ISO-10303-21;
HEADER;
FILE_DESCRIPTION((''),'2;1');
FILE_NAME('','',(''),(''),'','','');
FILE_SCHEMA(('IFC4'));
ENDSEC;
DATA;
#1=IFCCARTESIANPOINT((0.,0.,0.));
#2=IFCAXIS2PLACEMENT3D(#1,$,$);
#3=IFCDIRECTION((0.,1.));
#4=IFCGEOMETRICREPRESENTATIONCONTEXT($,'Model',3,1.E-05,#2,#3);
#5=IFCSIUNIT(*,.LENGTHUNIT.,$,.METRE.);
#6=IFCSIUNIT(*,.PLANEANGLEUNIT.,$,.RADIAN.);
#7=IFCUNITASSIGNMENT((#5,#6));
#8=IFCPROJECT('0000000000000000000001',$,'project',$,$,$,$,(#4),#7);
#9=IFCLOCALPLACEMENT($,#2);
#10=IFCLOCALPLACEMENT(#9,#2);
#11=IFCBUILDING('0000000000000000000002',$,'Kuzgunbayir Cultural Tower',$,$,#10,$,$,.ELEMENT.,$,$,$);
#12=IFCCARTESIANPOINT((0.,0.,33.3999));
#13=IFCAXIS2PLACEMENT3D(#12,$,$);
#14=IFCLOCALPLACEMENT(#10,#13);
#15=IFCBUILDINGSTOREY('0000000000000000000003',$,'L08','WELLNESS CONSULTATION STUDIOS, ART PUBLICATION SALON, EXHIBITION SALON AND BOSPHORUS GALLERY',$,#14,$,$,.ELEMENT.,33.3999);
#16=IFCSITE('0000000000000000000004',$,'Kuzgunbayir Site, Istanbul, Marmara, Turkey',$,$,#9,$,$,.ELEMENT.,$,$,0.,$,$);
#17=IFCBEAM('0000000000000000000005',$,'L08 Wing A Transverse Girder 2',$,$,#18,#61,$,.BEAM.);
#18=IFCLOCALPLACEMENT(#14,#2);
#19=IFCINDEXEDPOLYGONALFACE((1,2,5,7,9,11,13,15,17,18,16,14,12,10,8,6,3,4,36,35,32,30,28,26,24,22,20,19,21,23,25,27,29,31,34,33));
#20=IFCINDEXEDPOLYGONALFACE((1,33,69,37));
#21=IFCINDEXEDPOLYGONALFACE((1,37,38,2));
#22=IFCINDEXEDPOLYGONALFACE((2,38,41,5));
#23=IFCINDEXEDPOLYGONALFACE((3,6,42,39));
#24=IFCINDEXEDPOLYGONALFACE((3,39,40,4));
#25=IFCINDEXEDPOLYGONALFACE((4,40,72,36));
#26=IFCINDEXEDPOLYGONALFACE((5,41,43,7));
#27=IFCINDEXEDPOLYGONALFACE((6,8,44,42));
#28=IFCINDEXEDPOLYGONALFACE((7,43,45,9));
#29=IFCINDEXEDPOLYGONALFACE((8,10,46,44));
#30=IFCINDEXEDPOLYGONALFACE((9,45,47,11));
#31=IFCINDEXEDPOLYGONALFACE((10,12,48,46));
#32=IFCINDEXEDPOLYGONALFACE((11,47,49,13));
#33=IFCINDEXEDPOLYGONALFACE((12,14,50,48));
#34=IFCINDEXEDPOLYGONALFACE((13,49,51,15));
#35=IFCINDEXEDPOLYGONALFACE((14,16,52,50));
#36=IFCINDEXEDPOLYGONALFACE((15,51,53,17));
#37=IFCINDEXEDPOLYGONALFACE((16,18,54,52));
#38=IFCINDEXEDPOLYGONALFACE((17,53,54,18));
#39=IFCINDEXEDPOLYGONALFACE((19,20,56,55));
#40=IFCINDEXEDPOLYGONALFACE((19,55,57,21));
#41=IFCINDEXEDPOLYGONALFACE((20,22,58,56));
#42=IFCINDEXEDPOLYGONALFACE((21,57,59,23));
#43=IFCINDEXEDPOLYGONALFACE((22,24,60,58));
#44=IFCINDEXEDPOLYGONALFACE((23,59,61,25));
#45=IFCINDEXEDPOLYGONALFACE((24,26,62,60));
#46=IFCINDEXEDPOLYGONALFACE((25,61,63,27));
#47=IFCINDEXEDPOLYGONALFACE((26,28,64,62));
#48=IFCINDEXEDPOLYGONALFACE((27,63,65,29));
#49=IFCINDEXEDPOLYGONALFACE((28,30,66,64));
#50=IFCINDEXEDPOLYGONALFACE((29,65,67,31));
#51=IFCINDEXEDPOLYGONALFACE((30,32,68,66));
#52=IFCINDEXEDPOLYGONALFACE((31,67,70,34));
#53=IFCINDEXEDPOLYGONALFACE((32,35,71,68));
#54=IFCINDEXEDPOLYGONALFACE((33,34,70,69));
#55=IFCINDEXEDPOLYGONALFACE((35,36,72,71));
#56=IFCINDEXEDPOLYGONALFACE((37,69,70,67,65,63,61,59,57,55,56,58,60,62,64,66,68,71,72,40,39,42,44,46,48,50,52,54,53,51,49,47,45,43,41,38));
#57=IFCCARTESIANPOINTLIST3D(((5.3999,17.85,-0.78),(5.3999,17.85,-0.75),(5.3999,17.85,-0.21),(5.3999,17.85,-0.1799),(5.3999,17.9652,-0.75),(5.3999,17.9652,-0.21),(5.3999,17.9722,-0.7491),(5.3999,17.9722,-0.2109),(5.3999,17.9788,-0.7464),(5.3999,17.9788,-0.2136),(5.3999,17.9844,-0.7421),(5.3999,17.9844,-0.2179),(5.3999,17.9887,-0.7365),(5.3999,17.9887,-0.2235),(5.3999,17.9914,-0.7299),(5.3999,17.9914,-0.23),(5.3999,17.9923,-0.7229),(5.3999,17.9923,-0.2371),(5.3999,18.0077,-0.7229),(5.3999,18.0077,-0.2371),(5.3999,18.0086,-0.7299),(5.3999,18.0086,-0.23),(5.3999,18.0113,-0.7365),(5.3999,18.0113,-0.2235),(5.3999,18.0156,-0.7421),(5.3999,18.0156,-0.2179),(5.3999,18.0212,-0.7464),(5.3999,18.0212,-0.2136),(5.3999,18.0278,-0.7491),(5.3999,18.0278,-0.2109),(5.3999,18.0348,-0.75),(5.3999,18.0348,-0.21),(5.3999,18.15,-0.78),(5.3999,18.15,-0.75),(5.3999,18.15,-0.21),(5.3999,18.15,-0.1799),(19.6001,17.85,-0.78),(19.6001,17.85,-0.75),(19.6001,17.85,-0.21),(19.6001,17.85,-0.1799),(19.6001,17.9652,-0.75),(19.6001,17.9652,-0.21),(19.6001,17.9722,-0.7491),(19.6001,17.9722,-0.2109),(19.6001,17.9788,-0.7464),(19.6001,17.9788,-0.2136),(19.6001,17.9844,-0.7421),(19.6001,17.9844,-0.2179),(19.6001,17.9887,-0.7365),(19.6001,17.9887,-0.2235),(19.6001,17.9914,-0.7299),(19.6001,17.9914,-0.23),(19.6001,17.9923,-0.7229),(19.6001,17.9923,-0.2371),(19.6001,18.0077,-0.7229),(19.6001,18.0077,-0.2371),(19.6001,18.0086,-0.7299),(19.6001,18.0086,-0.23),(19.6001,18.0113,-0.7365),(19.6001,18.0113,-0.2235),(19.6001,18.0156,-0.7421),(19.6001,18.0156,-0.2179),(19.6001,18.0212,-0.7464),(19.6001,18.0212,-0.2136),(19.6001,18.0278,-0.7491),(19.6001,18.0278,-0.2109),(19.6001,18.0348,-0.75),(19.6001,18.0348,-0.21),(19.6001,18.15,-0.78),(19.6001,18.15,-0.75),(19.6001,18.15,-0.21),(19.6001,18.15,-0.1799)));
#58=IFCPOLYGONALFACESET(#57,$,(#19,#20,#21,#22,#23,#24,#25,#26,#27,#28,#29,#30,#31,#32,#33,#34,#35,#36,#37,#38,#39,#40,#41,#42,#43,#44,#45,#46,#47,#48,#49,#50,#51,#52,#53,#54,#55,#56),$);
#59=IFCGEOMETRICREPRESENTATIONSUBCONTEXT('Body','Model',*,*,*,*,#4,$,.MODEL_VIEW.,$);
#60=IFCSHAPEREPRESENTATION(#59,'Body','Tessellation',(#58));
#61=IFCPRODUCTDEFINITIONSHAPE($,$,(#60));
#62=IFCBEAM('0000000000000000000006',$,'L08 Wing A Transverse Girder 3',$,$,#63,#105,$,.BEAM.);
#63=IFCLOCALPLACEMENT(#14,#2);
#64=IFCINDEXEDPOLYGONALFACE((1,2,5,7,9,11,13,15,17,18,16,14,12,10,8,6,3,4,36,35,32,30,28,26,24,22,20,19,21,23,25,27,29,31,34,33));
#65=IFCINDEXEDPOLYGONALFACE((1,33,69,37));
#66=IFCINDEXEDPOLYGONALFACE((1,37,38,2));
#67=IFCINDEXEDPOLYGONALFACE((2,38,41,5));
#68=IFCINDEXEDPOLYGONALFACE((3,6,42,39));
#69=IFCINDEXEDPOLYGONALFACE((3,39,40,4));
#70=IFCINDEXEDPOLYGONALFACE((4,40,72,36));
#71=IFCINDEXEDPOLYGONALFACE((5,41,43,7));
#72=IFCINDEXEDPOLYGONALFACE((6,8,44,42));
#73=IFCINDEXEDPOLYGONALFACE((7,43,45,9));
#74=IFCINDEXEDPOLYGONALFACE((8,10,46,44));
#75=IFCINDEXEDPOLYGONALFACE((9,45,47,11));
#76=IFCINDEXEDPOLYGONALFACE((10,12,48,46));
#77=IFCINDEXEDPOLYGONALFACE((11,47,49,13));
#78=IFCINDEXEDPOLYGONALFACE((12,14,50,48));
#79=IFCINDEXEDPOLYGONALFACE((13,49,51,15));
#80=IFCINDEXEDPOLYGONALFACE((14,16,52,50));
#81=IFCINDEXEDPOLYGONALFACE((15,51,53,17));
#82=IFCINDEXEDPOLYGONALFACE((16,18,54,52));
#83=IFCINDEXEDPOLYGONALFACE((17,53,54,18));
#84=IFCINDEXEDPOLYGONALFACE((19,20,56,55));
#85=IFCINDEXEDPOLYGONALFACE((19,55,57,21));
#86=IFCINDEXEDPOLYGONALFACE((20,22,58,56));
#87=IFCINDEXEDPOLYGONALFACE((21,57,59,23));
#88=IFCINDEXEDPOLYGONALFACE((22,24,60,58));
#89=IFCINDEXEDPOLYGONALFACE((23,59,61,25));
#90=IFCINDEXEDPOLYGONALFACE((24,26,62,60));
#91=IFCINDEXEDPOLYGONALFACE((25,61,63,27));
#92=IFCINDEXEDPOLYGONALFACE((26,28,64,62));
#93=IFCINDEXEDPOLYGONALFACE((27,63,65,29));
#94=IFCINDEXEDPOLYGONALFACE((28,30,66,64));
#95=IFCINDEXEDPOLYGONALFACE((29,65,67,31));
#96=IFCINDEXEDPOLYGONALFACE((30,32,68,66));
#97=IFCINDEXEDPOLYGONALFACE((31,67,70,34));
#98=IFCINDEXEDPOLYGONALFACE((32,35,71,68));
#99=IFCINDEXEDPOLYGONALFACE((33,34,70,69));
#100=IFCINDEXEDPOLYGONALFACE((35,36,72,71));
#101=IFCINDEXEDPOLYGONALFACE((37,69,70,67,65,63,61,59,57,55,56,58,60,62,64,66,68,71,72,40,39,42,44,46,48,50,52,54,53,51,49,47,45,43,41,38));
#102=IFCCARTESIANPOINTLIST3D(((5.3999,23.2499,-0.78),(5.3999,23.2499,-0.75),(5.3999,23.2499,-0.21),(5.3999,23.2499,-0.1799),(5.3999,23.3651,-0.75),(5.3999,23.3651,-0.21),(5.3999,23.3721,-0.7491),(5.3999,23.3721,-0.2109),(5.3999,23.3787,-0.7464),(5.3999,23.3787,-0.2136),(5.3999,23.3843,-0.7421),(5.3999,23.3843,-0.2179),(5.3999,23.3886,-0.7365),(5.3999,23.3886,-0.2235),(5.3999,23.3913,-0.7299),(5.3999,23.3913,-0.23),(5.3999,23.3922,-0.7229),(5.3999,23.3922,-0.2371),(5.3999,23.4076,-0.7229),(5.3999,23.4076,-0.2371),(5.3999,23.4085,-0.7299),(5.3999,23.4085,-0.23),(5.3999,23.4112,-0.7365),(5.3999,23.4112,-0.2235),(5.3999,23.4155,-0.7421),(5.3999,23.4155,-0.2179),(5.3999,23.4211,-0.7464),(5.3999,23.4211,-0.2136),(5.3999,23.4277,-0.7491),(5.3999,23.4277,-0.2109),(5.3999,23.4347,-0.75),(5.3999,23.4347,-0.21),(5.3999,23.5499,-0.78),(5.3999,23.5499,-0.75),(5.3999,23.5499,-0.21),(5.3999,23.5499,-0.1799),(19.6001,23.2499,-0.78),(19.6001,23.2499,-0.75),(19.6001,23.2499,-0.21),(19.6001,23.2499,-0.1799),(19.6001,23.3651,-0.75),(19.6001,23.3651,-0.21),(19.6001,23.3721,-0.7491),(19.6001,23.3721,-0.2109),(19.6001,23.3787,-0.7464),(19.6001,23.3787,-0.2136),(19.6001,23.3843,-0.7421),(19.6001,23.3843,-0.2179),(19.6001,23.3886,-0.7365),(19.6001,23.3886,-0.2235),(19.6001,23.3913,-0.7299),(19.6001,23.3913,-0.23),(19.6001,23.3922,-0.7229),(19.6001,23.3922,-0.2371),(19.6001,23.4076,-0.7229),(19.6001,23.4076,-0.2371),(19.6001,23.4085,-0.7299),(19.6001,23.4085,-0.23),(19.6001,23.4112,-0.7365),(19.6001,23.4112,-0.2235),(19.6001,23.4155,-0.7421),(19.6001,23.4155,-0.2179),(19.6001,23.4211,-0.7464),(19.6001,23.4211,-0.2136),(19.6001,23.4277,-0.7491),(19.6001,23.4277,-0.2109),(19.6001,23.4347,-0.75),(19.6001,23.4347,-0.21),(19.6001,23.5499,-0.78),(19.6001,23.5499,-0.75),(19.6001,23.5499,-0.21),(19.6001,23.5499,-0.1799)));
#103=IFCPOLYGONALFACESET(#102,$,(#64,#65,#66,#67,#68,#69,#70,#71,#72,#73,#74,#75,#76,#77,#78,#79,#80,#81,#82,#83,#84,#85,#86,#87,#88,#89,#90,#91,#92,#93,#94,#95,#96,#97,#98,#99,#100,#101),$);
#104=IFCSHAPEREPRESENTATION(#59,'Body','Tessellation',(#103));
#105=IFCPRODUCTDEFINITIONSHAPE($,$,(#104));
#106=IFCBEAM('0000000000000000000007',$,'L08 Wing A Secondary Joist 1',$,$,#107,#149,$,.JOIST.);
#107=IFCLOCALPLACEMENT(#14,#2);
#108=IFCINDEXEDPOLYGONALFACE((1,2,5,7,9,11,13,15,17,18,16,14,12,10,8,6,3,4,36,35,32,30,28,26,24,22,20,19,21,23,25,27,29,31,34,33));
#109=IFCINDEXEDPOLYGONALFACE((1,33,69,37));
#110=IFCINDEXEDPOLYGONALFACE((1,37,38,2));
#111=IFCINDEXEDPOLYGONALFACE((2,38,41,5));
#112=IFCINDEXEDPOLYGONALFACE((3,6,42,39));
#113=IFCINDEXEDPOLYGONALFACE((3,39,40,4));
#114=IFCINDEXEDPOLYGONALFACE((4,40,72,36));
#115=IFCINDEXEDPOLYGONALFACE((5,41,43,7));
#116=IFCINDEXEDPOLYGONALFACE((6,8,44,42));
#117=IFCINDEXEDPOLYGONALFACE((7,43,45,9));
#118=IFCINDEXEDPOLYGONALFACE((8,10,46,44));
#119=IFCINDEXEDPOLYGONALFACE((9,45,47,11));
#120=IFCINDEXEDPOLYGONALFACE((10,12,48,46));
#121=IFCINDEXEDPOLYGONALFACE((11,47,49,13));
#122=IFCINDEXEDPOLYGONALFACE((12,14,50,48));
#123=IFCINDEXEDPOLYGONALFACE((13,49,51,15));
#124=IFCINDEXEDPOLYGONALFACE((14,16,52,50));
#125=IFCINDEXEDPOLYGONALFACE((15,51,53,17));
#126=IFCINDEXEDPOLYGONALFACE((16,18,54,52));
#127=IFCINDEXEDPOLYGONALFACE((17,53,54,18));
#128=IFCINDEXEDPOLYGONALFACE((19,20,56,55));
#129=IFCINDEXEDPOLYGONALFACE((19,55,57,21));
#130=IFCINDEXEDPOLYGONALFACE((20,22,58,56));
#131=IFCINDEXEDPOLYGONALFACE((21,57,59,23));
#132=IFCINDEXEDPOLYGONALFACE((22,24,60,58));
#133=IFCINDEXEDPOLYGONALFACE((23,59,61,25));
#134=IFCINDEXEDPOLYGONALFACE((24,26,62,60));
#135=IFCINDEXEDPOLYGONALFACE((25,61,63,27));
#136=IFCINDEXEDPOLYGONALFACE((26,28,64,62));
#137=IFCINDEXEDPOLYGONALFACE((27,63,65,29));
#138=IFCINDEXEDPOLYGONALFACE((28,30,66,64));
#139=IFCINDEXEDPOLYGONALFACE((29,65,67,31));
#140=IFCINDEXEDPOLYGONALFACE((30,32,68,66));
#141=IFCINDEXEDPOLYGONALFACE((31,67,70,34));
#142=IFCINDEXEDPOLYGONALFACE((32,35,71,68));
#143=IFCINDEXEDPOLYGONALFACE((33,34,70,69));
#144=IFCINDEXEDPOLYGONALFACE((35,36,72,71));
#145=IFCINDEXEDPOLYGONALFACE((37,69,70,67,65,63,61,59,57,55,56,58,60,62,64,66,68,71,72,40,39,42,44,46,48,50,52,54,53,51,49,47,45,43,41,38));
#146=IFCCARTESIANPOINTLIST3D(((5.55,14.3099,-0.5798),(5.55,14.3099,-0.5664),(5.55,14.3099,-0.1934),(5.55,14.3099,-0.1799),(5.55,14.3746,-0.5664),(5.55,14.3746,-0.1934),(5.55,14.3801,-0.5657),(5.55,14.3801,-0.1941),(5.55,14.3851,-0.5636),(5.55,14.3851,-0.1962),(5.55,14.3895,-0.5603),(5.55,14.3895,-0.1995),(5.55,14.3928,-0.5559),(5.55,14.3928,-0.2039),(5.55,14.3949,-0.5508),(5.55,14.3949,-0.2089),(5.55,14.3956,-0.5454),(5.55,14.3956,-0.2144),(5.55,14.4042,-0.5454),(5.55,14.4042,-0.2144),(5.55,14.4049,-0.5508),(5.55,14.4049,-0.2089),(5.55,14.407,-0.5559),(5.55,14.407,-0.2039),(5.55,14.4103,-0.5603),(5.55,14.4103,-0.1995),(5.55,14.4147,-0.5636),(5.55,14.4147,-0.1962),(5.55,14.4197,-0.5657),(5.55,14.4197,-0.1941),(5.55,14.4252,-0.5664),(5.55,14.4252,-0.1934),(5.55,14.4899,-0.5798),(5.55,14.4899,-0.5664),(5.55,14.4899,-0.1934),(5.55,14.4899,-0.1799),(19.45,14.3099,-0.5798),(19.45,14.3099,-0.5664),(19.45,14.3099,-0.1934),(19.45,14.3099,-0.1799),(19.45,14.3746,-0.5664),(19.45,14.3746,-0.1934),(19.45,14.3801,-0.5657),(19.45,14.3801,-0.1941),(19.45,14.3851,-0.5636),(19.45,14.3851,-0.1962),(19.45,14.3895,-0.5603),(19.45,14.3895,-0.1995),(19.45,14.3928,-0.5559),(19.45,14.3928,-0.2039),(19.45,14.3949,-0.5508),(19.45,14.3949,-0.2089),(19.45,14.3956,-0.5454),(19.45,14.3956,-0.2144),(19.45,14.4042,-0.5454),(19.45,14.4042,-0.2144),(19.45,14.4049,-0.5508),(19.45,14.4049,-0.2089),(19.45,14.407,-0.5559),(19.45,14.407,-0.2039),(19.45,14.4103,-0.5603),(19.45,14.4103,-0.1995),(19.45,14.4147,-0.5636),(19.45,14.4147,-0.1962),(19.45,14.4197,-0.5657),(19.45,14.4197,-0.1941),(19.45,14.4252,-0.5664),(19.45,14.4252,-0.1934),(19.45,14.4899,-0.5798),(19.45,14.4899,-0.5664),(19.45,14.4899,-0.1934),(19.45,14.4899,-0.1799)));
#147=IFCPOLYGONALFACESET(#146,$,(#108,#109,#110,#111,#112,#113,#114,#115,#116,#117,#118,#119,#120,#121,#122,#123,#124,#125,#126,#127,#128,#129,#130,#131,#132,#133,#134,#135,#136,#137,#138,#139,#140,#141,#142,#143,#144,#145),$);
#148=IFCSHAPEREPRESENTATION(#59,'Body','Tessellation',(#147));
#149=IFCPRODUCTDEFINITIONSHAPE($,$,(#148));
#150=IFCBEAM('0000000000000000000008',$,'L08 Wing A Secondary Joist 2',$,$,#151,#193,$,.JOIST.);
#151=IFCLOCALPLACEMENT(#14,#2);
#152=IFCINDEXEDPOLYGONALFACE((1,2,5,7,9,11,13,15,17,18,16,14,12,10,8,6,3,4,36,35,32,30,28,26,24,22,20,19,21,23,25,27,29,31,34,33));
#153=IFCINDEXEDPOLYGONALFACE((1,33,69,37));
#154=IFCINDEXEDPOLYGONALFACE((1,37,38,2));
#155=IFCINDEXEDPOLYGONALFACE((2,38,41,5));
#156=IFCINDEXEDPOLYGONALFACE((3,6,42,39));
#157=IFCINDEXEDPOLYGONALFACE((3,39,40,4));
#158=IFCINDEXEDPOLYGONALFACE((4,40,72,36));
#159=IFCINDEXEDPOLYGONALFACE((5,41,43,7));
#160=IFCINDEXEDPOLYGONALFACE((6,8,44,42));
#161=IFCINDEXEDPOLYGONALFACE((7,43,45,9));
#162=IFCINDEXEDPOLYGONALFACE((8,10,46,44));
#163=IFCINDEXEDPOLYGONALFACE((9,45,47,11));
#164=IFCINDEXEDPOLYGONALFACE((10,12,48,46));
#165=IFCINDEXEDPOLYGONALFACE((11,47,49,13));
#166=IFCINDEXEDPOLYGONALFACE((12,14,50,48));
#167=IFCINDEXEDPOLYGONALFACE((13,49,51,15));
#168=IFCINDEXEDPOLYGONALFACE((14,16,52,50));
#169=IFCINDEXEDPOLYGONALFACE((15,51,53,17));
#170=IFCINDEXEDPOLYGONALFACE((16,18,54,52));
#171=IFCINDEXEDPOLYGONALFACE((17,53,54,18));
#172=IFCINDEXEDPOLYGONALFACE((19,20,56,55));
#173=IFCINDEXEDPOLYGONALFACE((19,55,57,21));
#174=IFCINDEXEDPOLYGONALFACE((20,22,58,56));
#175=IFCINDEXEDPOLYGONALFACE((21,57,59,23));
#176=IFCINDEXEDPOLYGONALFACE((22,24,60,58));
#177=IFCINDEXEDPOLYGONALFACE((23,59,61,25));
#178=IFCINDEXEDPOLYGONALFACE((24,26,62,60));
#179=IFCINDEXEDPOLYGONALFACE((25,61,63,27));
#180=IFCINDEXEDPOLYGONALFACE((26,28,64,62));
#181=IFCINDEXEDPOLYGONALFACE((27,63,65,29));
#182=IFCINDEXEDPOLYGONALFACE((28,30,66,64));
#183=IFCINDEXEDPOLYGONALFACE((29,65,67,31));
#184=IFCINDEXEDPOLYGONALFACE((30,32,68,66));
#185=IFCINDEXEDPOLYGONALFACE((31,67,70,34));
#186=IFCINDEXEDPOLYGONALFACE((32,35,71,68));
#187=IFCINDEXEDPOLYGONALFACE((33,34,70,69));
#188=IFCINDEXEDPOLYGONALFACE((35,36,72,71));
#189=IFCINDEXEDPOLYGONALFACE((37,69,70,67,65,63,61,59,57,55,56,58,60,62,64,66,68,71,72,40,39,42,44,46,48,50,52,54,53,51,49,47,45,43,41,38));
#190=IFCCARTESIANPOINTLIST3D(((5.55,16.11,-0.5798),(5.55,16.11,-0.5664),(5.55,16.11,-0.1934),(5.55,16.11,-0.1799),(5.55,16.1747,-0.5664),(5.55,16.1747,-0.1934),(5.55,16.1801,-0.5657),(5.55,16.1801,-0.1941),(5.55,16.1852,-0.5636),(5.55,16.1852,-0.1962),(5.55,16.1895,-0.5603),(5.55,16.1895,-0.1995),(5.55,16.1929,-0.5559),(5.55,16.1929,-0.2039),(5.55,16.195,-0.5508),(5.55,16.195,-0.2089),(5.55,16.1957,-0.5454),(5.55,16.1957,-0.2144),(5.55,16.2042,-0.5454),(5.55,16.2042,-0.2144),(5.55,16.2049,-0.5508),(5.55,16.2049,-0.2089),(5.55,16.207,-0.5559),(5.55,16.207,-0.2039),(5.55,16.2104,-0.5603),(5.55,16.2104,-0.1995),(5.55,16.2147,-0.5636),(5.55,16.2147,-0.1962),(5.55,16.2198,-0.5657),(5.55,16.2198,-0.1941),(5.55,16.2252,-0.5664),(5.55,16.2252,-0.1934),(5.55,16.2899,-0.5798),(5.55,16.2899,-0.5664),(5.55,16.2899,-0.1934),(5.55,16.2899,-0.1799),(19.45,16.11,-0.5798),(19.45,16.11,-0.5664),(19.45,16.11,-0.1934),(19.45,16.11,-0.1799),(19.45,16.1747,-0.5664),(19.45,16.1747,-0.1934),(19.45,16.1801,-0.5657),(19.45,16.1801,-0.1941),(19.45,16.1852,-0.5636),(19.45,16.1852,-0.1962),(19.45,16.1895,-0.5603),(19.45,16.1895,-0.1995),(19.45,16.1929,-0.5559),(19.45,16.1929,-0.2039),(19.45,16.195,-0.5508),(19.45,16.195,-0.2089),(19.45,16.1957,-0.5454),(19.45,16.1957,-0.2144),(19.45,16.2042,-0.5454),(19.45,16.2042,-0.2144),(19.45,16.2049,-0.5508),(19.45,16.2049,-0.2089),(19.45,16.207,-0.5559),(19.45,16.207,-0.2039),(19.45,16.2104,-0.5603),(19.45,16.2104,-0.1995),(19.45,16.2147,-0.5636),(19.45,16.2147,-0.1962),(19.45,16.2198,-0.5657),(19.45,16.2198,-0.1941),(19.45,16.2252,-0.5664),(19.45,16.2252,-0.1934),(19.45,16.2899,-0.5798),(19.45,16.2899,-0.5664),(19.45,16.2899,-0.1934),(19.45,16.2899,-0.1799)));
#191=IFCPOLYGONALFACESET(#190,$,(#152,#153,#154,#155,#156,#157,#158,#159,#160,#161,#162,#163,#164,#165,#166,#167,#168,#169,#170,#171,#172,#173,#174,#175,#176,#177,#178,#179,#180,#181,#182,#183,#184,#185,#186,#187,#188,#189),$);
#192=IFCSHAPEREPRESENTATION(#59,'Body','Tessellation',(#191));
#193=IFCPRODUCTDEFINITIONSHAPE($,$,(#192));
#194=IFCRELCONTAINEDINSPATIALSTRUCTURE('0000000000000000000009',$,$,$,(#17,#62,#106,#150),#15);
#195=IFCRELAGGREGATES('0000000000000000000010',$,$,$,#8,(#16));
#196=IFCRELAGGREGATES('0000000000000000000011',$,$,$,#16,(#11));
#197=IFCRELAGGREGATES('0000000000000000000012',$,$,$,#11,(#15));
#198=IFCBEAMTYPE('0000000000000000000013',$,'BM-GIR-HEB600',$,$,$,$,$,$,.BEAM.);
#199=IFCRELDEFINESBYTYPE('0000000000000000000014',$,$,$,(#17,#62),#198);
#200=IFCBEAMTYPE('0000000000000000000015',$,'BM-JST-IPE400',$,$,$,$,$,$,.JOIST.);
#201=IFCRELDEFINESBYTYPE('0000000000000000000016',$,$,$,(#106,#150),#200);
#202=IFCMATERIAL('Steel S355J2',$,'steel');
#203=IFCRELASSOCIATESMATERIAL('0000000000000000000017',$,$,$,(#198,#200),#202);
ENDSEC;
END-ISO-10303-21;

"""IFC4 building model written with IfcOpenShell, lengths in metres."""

from ifc_helpers import new_model, si_unit, direction, frame, origin, origin_2d, place, context, subcontext, project, spatial, i_section, extrude, material, material_profile, profile_set, type_object, element, save


model = new_model("IFC4")

# Units and contexts
model_context = context("Model", 3, precision=1e-05, world=origin(), true_north=direction((0.0, 1.0)))
body_context = subcontext(model_context, "Body", "Model", "MODEL_VIEW")
ifc_project = project(units=[si_unit("LENGTHUNIT", "METRE"), si_unit("PLANEANGLEUNIT", "RADIAN")], contexts=[model_context])

# Site, building, storey
site_placement = place(None, origin())
site = spatial("IfcSite", under=ifc_project, at=site_placement, Name="Kuzgunbayir Site, Istanbul, Marmara, Turkey", CompositionType="ELEMENT", RefElevation=0.0)
building_placement = place(site_placement, origin())
building = spatial("IfcBuilding", under=site, at=building_placement, Name="Kuzgunbayir Cultural Tower", CompositionType="ELEMENT")
storey_placement = place(building_placement, frame((0.0, 0.0, 33.3999)))
storey = spatial("IfcBuildingStorey", under=building, at=storey_placement, Name="L08", Description="WELLNESS CONSULTATION STUDIOS, ART PUBLICATION SALON, EXHIBITION SALON AND BOSPHORUS GALLERY", CompositionType="ELEMENT", Elevation=33.3999)

# Beams
ifc_material_1 = material(Name="Steel S355J2", Category="steel")
ifc_material_profile_1 = material_profile(ifc_material_1, i_section(OverallWidth=0.3, OverallDepth=0.6001, WebThickness=0.0154, FlangeThickness=0.03, FilletRadius=0.0271, at=origin_2d()), Name="HEB 600")
ifc_profile_set_1 = profile_set([ifc_material_profile_1], Name="Steel S355J2")
beam_type_1 = type_object("IfcBeamType", Name="BM-GIR-HEB600", PredefinedType="BEAM", material=ifc_profile_set_1)
for number, where, z_axis, x_axis, name in (
    (1, (5.3999, 18.0, -0.48), (1.0, 0.0, 0.0), (0.0, 1.0, 0.0), "L08 Wing A Transverse Girder 2"),
    (2, (5.3999, 23.3999, -0.48), (1.0, 0.0, 0.0), (0.0, 1.0, 0.0), "L08 Wing A Transverse Girder 3"),
):
    element("IfcBeam", number, at=place(storey_placement, frame(where, z_axis=z_axis, x_axis=x_axis)), inside=storey, type_object=beam_type_1, Name=name, PredefinedType="BEAM", context=body_context, shape_type="SweptSolid", body=[
        extrude(i_section(OverallWidth=0.3, OverallDepth=0.6001, WebThickness=0.0154, FlangeThickness=0.03, FilletRadius=0.0271, at=origin_2d()), origin(), (0.0, 0.0, 1.0), 14.2002),
    ])
ifc_material_profile_2 = material_profile(ifc_material_1, i_section(OverallWidth=0.1799, OverallDepth=0.3999, WebThickness=0.0085, FlangeThickness=0.0134, FilletRadius=0.021, at=origin_2d()), Name="IPE 400")
ifc_profile_set_2 = profile_set([ifc_material_profile_2], Name="Steel S355J2")
beam_type_2 = type_object("IfcBeamType", Name="BM-JST-IPE400", PredefinedType="JOIST", material=ifc_profile_set_2)
for number, where, z_axis, x_axis, name in (
    (3, (5.55, 14.3999, -0.3799), (1.0, 0.0, 0.0), (0.0, 1.0, 0.0), "L08 Wing A Secondary Joist 1"),
    (4, (5.55, 16.2, -0.3799), (1.0, 0.0, 0.0), (0.0, 1.0, 0.0), "L08 Wing A Secondary Joist 2"),
):
    element("IfcBeam", number, at=place(storey_placement, frame(where, z_axis=z_axis, x_axis=x_axis)), inside=storey, type_object=beam_type_2, Name=name, PredefinedType="JOIST", context=body_context, shape_type="SweptSolid", body=[
        extrude(i_section(OverallWidth=0.1799, OverallDepth=0.3999, WebThickness=0.0085, FlangeThickness=0.0134, FilletRadius=0.021, at=origin_2d()), origin(), (0.0, 0.0, 1.0), 13.8999),
    ])

save(model, "model.ifc")
